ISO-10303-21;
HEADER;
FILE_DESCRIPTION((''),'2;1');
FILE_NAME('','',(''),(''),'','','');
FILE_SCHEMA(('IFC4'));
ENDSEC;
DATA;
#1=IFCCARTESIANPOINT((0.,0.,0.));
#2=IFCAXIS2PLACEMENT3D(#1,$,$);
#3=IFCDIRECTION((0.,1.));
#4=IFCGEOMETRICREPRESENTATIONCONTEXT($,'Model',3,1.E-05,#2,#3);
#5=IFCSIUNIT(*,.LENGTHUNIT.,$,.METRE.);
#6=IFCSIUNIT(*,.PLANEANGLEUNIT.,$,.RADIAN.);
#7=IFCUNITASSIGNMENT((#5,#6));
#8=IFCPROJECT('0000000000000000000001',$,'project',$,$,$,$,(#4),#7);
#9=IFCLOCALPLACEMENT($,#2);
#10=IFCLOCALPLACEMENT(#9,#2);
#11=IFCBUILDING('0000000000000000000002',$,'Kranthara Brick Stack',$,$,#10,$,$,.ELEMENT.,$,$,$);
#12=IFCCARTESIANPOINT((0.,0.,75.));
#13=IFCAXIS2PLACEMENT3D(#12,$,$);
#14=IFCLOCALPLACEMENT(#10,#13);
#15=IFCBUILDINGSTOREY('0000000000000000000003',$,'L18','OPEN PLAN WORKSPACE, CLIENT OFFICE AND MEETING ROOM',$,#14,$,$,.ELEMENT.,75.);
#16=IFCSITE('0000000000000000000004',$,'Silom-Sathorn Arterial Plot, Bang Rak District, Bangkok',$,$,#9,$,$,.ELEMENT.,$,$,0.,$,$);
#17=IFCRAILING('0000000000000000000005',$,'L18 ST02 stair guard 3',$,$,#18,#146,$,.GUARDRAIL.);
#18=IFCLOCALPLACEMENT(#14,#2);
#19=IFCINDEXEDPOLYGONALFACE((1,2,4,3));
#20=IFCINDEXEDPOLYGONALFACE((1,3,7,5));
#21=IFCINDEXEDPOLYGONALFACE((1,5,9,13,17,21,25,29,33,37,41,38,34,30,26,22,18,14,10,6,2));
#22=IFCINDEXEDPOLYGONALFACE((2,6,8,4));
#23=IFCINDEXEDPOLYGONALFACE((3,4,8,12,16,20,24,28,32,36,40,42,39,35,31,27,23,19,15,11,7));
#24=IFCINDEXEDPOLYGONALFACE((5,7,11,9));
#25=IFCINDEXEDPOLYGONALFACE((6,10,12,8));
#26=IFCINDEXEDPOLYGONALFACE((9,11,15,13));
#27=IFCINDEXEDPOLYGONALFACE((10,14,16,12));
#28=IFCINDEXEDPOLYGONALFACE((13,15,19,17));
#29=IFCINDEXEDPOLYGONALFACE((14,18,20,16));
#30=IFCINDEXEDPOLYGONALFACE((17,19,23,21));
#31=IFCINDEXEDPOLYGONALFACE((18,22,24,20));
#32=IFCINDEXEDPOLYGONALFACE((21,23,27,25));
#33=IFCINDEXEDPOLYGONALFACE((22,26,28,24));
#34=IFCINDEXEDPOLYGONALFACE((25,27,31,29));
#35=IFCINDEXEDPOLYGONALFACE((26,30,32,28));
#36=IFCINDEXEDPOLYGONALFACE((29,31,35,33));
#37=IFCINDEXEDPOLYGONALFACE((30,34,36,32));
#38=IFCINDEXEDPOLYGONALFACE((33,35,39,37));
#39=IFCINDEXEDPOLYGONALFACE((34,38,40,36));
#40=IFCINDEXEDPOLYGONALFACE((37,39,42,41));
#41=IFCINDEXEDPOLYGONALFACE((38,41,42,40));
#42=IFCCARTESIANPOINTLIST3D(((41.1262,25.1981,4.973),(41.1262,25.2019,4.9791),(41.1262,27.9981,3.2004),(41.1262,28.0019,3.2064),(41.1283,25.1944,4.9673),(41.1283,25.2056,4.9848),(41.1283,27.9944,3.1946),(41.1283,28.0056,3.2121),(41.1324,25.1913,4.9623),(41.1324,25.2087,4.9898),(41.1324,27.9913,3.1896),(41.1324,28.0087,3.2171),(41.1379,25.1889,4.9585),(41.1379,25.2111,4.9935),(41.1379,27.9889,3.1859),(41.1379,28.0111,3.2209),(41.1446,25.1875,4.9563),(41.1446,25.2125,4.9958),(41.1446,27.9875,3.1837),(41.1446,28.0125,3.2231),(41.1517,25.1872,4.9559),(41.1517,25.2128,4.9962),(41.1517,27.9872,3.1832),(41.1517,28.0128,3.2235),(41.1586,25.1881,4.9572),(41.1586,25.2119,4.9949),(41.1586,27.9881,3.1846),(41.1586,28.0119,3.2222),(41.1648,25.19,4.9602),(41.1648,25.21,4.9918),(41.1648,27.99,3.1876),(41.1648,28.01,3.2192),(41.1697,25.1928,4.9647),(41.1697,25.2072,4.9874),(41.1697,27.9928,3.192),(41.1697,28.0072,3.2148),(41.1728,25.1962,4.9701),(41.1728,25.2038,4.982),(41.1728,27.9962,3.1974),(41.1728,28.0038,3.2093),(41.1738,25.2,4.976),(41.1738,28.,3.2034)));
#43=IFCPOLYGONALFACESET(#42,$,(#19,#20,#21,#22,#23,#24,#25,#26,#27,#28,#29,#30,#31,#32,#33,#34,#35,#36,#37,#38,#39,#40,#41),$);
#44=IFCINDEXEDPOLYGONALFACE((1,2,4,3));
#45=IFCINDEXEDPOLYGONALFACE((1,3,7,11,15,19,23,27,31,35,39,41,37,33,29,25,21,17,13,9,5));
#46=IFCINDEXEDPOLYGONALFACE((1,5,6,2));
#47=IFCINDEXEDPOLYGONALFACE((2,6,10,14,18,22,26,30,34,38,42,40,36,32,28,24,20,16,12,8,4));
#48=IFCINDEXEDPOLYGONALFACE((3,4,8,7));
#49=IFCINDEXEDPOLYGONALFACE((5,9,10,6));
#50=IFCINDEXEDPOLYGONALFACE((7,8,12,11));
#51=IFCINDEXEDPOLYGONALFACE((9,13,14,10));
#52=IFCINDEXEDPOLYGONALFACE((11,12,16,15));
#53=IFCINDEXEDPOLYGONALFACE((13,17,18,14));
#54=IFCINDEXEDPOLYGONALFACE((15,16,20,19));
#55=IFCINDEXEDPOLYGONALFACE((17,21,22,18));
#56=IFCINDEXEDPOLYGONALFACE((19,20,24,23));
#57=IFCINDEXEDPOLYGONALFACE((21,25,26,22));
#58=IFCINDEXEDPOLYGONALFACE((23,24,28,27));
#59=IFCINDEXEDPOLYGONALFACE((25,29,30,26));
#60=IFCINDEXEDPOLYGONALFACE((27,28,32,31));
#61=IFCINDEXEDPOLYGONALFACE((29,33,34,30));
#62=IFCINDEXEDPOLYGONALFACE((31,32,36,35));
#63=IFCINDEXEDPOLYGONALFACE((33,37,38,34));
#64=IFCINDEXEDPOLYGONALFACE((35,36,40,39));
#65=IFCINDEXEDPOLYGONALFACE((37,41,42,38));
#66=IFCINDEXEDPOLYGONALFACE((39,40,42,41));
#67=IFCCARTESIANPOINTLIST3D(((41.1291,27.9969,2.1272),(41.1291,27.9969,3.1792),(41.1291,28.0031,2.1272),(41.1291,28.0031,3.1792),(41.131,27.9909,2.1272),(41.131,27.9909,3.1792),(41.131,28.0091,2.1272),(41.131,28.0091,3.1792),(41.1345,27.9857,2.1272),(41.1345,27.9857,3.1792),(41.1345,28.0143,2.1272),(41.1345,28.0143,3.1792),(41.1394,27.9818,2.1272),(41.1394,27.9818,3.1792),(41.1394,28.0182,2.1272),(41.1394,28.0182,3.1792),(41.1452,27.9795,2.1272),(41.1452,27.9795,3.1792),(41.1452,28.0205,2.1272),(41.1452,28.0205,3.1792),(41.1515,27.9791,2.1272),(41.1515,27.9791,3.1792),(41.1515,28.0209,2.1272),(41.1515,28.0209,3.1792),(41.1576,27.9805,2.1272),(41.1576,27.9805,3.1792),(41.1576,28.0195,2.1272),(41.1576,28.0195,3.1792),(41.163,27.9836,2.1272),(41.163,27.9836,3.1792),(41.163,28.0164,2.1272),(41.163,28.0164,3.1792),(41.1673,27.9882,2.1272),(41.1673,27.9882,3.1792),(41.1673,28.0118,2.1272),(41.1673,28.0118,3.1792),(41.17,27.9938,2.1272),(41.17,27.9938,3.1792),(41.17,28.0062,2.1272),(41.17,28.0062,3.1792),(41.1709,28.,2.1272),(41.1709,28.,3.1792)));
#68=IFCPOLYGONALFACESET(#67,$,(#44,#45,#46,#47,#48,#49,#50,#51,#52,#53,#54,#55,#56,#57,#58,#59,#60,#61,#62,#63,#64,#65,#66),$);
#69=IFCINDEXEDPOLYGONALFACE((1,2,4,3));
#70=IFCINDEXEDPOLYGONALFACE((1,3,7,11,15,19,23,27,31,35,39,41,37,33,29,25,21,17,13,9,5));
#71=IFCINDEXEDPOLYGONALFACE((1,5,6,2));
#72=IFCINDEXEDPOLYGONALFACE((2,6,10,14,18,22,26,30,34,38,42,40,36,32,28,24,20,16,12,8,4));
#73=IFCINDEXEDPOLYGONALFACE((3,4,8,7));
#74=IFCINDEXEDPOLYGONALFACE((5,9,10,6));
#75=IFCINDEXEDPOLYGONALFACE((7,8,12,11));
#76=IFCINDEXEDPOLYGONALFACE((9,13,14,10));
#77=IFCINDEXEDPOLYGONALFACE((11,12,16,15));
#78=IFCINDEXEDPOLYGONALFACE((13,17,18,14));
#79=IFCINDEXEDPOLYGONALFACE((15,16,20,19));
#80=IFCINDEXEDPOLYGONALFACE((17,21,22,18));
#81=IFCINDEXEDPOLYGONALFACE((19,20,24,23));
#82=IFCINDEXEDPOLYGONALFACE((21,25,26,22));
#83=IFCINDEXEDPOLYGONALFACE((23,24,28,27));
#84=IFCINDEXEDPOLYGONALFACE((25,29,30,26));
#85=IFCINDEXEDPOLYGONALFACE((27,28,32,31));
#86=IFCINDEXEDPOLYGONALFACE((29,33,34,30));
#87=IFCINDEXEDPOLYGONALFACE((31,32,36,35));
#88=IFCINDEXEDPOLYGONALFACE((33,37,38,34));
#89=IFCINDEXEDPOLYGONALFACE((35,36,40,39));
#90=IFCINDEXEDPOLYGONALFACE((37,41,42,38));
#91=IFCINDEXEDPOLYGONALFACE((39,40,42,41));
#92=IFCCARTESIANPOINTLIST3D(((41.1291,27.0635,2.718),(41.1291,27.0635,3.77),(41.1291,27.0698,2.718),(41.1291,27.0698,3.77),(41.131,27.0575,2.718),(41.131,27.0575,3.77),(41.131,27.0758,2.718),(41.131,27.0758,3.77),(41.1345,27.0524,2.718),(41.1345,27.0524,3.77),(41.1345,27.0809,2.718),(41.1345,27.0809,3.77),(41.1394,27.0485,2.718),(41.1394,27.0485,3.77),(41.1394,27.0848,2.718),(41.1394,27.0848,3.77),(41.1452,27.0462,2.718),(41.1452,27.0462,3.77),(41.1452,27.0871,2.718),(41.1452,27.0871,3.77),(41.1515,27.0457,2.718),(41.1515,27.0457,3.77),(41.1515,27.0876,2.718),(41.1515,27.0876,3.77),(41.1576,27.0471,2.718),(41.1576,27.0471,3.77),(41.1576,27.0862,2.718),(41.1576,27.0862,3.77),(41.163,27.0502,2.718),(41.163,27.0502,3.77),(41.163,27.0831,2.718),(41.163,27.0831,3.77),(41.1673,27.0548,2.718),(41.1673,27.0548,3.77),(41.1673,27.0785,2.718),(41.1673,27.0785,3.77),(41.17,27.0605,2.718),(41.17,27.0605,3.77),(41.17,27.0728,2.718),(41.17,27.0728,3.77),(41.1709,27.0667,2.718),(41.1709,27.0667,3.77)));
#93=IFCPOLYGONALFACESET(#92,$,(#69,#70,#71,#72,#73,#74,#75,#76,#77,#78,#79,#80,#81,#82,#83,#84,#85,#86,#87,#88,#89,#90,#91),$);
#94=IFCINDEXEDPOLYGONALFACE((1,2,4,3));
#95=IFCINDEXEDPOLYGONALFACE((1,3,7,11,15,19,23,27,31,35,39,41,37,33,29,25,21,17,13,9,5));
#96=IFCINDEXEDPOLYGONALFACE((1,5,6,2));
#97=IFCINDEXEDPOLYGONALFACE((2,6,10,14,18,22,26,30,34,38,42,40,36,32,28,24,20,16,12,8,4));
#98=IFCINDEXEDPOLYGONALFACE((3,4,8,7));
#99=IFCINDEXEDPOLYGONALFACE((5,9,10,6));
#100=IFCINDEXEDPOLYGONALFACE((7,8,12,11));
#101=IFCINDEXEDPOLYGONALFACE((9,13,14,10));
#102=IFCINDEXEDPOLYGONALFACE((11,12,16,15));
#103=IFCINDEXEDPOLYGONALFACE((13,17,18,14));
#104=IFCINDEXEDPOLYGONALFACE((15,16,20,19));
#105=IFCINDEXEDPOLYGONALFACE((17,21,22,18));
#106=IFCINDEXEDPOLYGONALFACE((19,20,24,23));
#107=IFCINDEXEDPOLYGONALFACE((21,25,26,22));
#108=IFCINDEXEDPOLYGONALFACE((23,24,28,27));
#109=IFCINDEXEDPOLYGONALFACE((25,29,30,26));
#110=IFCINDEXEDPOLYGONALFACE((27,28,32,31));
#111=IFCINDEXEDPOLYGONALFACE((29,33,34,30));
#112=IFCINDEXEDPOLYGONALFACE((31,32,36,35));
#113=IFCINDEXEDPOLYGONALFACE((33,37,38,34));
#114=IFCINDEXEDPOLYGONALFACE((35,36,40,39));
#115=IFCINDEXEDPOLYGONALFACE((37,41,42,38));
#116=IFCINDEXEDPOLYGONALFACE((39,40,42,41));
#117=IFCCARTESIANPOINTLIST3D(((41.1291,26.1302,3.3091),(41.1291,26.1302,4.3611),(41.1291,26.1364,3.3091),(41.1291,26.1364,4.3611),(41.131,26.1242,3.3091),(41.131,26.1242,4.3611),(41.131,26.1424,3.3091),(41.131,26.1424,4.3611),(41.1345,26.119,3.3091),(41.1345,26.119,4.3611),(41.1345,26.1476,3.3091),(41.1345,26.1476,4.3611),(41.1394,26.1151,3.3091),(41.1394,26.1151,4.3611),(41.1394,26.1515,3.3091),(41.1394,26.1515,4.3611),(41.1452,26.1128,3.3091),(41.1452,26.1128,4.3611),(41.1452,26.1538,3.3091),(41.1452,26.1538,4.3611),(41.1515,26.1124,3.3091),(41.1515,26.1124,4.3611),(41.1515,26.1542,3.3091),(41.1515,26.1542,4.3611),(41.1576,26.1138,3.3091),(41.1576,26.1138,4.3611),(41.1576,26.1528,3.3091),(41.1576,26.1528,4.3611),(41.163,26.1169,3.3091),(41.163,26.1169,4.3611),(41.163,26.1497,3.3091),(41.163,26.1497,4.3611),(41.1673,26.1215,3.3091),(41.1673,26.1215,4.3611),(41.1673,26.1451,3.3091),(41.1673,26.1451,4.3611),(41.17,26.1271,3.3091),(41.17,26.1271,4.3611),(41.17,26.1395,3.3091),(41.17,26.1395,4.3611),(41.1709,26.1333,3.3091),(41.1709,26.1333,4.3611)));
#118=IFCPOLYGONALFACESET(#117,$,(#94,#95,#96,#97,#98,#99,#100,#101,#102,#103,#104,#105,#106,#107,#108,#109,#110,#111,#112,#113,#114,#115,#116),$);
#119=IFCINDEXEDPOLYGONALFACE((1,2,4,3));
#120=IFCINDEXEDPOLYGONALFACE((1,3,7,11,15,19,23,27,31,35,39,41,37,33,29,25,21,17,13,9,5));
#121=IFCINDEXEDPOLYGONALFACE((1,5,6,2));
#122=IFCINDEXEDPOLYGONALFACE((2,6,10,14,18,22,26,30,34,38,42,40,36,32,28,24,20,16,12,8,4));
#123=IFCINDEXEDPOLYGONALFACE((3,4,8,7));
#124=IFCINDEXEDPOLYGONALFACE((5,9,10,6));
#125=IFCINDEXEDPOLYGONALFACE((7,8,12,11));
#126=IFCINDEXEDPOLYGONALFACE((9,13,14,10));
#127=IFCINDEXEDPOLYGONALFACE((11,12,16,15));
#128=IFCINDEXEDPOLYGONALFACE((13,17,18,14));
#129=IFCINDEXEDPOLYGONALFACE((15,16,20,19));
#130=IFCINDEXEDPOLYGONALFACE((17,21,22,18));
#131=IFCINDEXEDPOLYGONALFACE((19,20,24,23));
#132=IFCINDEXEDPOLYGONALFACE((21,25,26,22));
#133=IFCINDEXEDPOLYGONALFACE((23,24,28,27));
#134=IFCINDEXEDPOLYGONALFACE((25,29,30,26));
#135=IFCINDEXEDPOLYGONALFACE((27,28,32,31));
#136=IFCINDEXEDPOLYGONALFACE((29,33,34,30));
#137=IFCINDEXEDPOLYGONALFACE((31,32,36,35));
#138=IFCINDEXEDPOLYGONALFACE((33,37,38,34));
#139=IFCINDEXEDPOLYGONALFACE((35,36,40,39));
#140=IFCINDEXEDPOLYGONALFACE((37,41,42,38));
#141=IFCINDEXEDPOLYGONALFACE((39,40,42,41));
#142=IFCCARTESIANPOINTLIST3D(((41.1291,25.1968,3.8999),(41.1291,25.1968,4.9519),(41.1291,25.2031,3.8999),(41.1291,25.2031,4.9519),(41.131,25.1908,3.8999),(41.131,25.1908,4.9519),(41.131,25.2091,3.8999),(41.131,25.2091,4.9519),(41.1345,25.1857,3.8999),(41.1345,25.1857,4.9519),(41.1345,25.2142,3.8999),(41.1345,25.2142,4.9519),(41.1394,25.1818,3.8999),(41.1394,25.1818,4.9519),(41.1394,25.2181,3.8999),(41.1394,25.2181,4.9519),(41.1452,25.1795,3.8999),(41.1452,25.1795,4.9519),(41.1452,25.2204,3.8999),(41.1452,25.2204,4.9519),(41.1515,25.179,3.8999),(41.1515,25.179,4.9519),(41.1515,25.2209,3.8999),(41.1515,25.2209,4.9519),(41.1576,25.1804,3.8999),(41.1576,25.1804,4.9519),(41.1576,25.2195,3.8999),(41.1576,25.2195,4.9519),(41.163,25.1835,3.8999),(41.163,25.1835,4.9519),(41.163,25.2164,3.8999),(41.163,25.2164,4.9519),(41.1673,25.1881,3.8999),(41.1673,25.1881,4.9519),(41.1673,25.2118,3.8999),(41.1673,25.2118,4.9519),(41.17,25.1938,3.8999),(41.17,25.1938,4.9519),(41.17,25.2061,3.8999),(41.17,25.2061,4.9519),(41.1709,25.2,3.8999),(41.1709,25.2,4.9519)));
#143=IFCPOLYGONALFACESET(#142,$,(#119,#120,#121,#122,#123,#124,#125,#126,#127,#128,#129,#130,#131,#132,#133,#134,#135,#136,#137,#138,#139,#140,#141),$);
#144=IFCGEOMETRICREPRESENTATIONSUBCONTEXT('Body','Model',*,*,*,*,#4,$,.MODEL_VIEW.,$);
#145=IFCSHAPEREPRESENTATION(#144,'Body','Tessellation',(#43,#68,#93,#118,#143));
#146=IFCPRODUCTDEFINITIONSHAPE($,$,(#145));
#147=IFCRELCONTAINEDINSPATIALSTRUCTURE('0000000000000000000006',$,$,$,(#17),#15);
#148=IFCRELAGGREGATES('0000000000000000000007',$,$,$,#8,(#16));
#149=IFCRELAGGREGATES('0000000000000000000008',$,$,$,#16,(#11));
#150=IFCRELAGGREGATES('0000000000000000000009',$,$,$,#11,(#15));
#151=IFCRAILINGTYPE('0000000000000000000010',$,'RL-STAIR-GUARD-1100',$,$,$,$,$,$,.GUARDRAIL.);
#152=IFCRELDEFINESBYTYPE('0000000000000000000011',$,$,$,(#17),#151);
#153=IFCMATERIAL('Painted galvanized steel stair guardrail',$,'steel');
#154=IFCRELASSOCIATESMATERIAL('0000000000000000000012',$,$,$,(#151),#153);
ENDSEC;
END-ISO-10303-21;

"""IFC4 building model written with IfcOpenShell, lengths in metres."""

from ifc_helpers import new_model, si_unit, direction, frame, origin, origin_2d, place, context, subcontext, project, spatial, circle, extrude, material, type_object, element, save


model = new_model("IFC4")

# Units and contexts
model_context = context("Model", 3, precision=1e-05, world=origin(), true_north=direction((0.0, 1.0)))
body_context = subcontext(model_context, "Body", "Model", "MODEL_VIEW")
ifc_project = project(units=[si_unit("LENGTHUNIT", "METRE"), si_unit("PLANEANGLEUNIT", "RADIAN")], contexts=[model_context])

# Site, building, storey
site_placement = place(None, origin())
site = spatial("IfcSite", under=ifc_project, at=site_placement, Name="Silom-Sathorn Arterial Plot, Bang Rak District, Bangkok", CompositionType="ELEMENT", RefElevation=0.0)
building_placement = place(site_placement, origin())
building = spatial("IfcBuilding", under=site, at=building_placement, Name="Kranthara Brick Stack", CompositionType="ELEMENT")
storey_placement = place(building_placement, frame((0.0, 0.0, 75.0)))
storey = spatial("IfcBuildingStorey", under=building, at=storey_placement, Name="L18", Description="OPEN PLAN WORKSPACE, CLIENT OFFICE AND MEETING ROOM", CompositionType="ELEMENT", Elevation=75.0)

# Railing
ifc_material_1 = material(Name="Painted galvanized steel stair guardrail", Category="steel")
railing_type_1 = type_object("IfcRailingType", Name="RL-STAIR-GUARD-1100", PredefinedType="GUARDRAIL", material=ifc_material_1)
railing_1_placement = place(storey_placement, frame((41.1499, 28.0, 2.1272)))
element("IfcRailing", 1, at=railing_1_placement, inside=storey, type_object=railing_type_1, Name="L18 ST02 stair guard 3", PredefinedType="GUARDRAIL", context=body_context, shape_type="SweptSolid", body=[
    extrude(circle(Radius=0.0239, at=origin_2d()), frame((0.0, 0.0, 1.0762), z_axis=(0.0, -0.844909, 0.53491), x_axis=(1.0, 0.0, 0.0)), (0.0, 0.0, 1.0), 3.314),
    extrude(circle(Radius=0.021, at=origin_2d()), origin(), (0.0, 0.0, 1.0), 1.052),
    extrude(circle(Radius=0.021, at=origin_2d()), frame((0.0, -0.9333, 0.5908)), (0.0, 0.0, 1.0), 1.052),
    extrude(circle(Radius=0.021, at=origin_2d()), frame((0.0, -1.8667, 1.1819)), (0.0, 0.0, 1.0), 1.052),
    extrude(circle(Radius=0.021, at=origin_2d()), frame((0.0, -2.8, 1.7727)), (0.0, 0.0, 1.0), 1.052),
])

save(model, "model.ifc")
